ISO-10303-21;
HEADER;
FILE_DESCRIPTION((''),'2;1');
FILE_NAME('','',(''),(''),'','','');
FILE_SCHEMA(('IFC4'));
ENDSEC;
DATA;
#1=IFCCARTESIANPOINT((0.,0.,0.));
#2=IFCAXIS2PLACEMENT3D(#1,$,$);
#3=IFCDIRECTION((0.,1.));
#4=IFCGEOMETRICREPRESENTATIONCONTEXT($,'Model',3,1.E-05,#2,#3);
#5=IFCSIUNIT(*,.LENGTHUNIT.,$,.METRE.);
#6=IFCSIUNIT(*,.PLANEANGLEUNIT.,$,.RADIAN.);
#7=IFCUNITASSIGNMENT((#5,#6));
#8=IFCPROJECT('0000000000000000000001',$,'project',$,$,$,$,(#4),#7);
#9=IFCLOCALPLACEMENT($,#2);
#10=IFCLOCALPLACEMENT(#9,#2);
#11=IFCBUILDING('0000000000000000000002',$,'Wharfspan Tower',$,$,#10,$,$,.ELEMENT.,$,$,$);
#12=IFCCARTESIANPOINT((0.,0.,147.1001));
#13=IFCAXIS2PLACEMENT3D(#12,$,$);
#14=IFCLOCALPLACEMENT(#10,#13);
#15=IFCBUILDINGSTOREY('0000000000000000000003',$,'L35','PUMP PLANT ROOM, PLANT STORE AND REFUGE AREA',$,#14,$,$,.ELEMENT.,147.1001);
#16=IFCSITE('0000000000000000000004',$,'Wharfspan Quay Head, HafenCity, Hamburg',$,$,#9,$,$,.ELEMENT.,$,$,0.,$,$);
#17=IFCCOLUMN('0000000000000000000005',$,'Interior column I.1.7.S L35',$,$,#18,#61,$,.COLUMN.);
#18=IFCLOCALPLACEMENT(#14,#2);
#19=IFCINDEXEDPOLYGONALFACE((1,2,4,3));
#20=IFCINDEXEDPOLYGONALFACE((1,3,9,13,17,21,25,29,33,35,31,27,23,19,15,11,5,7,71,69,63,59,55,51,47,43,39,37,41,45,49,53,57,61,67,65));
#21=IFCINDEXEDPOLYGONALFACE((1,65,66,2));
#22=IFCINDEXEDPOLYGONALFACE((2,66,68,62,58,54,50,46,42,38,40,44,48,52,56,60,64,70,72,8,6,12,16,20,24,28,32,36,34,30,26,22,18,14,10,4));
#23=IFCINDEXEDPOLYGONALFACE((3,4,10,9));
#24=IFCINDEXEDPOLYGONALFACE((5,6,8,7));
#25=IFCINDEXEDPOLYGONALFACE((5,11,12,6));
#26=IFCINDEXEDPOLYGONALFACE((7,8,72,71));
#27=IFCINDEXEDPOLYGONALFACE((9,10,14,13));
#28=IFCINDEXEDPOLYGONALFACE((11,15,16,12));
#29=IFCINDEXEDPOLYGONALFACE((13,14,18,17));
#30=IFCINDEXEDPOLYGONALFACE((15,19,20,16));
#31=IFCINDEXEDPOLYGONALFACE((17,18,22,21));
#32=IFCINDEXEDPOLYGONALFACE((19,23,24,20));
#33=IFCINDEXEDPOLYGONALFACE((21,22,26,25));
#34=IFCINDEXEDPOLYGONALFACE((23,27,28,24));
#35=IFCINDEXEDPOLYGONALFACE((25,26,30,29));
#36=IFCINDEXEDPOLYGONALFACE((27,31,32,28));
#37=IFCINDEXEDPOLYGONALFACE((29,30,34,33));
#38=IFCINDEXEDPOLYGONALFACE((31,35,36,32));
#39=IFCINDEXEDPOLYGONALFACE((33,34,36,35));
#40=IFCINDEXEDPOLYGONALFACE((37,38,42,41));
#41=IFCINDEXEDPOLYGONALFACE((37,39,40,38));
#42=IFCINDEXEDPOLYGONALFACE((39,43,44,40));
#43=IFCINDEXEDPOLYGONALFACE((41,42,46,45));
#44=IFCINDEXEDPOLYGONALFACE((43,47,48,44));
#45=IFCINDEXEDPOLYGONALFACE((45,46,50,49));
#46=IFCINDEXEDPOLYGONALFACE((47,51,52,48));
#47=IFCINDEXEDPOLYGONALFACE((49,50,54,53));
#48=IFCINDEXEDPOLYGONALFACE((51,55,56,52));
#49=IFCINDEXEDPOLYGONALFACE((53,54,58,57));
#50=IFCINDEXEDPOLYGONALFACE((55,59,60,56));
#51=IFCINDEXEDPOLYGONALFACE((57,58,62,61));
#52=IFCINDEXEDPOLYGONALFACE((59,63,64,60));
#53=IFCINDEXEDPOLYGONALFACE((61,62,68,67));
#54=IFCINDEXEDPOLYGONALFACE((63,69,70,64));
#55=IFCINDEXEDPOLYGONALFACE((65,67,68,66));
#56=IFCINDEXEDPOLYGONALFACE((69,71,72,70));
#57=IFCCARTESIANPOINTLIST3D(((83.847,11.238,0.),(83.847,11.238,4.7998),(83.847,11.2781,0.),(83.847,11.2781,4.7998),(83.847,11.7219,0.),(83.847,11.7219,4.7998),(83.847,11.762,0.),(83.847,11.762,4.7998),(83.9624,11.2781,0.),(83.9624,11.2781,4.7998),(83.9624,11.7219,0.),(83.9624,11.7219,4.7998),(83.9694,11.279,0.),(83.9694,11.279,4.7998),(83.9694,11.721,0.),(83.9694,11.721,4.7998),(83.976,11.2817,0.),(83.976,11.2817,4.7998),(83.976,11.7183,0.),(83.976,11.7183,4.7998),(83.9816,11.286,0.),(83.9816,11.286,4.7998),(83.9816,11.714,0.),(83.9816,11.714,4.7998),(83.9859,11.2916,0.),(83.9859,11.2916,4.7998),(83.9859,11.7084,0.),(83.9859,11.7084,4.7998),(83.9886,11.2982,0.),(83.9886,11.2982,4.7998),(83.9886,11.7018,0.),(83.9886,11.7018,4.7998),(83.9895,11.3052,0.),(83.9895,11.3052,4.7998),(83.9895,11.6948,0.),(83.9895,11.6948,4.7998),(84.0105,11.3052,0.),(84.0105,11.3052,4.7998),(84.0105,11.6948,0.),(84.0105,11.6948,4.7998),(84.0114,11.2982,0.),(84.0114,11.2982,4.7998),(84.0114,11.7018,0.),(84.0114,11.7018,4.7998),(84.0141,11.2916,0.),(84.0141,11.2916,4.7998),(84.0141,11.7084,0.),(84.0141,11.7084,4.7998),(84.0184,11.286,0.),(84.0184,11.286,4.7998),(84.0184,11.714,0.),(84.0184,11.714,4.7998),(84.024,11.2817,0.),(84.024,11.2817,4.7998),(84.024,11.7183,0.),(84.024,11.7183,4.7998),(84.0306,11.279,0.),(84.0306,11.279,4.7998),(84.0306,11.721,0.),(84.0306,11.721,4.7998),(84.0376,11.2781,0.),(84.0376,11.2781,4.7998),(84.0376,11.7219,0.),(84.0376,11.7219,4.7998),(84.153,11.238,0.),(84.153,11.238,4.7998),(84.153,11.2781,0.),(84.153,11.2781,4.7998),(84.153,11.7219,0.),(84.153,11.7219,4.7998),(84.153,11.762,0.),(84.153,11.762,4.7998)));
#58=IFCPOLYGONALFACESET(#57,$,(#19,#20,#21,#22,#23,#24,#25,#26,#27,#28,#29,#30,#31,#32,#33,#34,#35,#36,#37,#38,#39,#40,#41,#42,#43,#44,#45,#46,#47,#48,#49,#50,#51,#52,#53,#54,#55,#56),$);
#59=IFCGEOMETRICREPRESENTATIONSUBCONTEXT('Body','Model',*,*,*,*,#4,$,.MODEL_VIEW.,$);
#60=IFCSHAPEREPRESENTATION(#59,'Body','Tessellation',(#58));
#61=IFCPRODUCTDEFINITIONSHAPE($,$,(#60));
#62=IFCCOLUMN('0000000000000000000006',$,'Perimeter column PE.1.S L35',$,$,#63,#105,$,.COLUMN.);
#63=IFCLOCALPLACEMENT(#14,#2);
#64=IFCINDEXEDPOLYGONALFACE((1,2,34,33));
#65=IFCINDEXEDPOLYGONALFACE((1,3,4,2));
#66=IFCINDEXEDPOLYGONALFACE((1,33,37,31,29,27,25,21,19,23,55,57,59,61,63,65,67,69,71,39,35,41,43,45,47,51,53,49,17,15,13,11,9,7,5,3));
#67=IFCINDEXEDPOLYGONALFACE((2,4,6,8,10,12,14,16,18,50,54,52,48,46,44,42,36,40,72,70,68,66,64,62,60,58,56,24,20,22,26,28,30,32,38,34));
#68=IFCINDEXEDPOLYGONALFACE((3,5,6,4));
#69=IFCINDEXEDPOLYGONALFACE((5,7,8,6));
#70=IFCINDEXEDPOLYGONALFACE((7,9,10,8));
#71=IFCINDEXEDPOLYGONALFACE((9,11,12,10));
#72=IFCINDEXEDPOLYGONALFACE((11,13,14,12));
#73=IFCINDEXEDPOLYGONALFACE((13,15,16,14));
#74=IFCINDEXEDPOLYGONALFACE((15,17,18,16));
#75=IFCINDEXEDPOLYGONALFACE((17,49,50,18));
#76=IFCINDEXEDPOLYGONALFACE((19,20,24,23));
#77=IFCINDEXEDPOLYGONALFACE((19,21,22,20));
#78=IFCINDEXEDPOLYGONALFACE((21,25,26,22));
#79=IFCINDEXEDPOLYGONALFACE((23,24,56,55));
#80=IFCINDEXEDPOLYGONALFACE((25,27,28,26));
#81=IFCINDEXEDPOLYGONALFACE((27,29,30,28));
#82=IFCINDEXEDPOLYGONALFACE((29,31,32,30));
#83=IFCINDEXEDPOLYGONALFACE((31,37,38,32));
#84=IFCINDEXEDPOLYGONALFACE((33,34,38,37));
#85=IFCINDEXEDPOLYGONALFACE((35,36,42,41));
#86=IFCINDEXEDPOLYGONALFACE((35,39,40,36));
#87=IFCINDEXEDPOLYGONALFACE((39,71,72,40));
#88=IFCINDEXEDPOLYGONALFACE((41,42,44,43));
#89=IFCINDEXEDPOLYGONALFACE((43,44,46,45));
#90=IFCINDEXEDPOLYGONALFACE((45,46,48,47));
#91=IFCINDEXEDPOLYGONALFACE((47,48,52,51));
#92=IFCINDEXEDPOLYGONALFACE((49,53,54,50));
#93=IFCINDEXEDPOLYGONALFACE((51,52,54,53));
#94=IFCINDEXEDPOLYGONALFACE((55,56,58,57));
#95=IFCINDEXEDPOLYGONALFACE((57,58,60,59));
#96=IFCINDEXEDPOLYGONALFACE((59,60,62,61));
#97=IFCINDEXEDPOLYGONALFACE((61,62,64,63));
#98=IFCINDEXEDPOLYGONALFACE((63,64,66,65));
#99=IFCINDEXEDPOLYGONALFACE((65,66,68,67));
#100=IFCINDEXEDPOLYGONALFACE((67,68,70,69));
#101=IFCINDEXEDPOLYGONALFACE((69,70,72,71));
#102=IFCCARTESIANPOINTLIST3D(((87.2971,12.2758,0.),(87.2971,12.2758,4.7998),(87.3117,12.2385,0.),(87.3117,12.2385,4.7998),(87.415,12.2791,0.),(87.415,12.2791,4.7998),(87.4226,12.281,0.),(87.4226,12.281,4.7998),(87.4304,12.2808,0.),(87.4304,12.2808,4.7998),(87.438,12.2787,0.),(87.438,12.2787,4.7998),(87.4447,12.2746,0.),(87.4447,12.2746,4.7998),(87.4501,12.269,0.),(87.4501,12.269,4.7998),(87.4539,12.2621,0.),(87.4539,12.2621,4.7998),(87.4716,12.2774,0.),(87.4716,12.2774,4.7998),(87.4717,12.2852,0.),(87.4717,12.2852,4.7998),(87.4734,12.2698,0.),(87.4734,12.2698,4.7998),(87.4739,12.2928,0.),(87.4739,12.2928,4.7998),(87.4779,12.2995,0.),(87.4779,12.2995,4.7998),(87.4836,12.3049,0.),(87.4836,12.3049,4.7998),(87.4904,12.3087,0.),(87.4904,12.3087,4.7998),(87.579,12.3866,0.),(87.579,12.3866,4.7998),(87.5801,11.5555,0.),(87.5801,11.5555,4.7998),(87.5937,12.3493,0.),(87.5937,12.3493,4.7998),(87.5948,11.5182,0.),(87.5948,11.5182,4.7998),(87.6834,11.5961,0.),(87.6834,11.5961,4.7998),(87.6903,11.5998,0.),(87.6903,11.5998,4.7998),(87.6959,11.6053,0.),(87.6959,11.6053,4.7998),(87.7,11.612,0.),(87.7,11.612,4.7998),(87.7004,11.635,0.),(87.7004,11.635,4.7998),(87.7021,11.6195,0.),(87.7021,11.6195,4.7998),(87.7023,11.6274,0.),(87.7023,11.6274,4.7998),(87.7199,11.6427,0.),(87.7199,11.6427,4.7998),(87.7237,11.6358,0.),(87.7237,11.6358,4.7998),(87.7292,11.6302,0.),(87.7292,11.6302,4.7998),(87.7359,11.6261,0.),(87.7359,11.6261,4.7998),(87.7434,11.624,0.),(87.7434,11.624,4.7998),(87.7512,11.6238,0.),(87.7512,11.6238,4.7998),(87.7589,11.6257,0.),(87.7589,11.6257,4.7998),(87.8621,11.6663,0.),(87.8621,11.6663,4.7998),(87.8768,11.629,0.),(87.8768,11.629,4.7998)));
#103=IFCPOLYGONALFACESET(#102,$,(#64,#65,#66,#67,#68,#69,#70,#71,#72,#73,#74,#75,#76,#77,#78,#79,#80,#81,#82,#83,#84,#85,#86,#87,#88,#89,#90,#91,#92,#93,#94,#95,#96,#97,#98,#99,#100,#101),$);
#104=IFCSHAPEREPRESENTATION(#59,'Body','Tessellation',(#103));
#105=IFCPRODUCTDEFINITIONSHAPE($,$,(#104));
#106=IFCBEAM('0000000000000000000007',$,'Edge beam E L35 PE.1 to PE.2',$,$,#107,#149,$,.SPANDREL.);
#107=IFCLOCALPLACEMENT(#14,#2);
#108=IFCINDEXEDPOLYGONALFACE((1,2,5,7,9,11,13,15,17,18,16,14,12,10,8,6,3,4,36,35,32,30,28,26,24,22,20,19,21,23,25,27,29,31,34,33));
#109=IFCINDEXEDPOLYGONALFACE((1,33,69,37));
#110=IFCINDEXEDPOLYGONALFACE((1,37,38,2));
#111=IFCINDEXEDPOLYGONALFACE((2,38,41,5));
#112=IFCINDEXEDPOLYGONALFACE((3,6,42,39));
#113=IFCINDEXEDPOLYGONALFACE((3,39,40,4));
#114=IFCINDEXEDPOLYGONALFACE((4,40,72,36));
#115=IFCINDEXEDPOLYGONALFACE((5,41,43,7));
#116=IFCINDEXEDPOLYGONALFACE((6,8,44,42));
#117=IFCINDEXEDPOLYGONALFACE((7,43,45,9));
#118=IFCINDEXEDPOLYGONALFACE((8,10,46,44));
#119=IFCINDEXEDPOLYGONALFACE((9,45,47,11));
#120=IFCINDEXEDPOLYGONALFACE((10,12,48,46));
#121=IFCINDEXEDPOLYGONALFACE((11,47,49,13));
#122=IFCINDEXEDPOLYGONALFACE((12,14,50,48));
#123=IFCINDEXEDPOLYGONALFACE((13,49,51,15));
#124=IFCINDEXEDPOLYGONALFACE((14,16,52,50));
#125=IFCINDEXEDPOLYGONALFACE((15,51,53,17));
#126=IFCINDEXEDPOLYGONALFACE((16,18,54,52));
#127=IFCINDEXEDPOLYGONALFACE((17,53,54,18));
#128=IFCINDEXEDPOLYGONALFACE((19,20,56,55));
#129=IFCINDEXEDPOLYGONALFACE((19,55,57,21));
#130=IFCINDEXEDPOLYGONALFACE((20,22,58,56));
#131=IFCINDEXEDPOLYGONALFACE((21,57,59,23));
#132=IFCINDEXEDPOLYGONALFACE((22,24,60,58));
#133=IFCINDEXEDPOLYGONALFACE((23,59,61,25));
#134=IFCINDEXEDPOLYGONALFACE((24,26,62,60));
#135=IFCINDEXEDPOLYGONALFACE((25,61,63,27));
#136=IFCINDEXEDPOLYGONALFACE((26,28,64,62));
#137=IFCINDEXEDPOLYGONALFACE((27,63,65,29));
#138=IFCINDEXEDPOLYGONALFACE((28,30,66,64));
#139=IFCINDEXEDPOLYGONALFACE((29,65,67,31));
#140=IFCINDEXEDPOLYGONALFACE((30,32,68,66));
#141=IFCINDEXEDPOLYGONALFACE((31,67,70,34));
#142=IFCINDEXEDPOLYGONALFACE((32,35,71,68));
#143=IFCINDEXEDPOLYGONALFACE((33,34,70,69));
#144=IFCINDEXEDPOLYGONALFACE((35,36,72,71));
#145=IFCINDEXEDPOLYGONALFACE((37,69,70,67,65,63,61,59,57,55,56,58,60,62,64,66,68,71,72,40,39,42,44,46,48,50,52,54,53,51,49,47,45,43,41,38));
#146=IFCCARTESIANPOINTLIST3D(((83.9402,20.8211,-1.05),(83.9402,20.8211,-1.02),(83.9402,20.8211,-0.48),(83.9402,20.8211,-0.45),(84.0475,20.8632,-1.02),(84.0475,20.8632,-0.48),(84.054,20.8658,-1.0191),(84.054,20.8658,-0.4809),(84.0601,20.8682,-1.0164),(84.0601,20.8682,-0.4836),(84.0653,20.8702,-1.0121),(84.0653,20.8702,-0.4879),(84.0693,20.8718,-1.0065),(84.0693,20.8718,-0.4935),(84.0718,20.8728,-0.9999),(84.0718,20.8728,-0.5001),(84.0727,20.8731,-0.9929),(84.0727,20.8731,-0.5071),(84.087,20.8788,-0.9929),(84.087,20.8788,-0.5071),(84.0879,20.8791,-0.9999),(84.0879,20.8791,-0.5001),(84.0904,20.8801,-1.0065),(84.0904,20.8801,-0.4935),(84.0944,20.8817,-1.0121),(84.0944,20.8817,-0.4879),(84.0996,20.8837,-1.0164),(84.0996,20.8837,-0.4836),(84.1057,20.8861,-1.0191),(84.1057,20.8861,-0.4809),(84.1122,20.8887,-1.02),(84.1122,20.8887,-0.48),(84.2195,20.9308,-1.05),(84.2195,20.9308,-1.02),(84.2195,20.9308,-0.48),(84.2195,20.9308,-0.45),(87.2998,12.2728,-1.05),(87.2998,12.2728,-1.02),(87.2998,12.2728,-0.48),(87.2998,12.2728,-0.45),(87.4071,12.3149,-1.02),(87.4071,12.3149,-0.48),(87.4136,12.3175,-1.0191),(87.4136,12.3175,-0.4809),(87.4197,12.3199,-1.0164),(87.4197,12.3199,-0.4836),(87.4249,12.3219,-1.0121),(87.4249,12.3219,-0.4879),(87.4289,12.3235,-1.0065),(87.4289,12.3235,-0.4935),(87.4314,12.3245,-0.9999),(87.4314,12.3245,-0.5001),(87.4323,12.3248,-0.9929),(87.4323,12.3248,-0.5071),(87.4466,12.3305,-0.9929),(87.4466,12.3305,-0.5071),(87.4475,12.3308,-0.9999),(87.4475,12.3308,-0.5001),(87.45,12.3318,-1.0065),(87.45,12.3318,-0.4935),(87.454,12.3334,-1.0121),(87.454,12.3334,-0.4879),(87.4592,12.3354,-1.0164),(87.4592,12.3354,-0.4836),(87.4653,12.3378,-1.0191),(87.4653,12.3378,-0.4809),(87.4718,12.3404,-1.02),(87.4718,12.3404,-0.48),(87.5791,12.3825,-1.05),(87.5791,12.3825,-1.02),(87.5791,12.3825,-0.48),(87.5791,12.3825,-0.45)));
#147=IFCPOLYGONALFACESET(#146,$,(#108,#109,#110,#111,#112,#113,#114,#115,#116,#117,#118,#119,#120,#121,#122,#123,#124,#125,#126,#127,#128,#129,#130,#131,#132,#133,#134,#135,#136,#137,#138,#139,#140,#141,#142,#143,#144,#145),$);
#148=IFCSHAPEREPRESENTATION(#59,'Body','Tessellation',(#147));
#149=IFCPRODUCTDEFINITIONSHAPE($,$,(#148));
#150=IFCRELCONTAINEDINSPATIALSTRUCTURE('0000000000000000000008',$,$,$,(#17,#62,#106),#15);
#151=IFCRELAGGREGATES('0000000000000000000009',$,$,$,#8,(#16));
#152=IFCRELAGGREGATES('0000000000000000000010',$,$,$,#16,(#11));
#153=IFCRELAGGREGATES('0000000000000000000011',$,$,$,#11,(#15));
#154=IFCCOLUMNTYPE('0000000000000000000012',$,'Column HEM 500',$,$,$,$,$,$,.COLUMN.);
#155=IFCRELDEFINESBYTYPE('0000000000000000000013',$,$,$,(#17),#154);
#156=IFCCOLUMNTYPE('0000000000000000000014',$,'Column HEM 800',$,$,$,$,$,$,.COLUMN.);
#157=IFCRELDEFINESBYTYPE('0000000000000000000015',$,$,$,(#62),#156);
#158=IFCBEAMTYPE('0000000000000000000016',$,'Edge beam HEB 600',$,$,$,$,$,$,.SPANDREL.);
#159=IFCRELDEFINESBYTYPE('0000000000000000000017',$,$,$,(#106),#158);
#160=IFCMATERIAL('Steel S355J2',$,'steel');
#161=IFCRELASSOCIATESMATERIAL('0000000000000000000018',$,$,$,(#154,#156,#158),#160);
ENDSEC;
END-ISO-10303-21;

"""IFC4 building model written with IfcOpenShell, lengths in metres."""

from ifc_helpers import new_model, si_unit, direction, frame, origin, origin_2d, place, context, subcontext, project, spatial, i_section, extrude, material, material_profile, profile_set, type_object, element, save


model = new_model("IFC4")

# Units and contexts
model_context = context("Model", 3, precision=1e-05, world=origin(), true_north=direction((0.0, 1.0)))
body_context = subcontext(model_context, "Body", "Model", "MODEL_VIEW")
ifc_project = project(units=[si_unit("LENGTHUNIT", "METRE"), si_unit("PLANEANGLEUNIT", "RADIAN")], contexts=[model_context])

# Site, building, storey
site_placement = place(None, origin())
site = spatial("IfcSite", under=ifc_project, at=site_placement, Name="Wharfspan Quay Head, HafenCity, Hamburg", CompositionType="ELEMENT", RefElevation=0.0)
building_placement = place(site_placement, origin())
building = spatial("IfcBuilding", under=site, at=building_placement, Name="Wharfspan Tower", CompositionType="ELEMENT")
storey_placement = place(building_placement, frame((0.0, 0.0, 147.1001)))
storey = spatial("IfcBuildingStorey", under=building, at=storey_placement, Name="L35", Description="PUMP PLANT ROOM, PLANT STORE AND REFUGE AREA", CompositionType="ELEMENT", Elevation=147.1001)

# Columns
ifc_material_1 = material(Name="Steel S355J2", Category="steel")
ifc_material_profile_1 = material_profile(ifc_material_1, i_section(OverallWidth=0.3059, OverallDepth=0.5239, WebThickness=0.021, FlangeThickness=0.04, FilletRadius=0.0271, at=origin_2d()))
ifc_profile_set_1 = profile_set([ifc_material_profile_1], Name="Steel S355J2")
column_type_1 = type_object("IfcColumnType", Name="Column HEM 500", PredefinedType="COLUMN", material=ifc_profile_set_1)
column_1_placement = place(storey_placement, frame((84.0, 11.5, 0.0), z_axis=(0.0, 0.0, 1.0), x_axis=(1.0, 0.0, 0.0)))
element("IfcColumn", 1, at=column_1_placement, inside=storey, type_object=column_type_1, Name="Interior column I.1.7.S L35", PredefinedType="COLUMN", context=body_context, shape_type="SweptSolid", body=[
    extrude(i_section(OverallWidth=0.3059, OverallDepth=0.5239, WebThickness=0.021, FlangeThickness=0.04, FilletRadius=0.0271, at=origin_2d()), origin(), (0.0, 0.0, 1.0), 4.7998),
])
ifc_material_profile_2 = material_profile(ifc_material_1, i_section(OverallWidth=0.303, OverallDepth=0.814, WebThickness=0.021, FlangeThickness=0.04, FilletRadius=0.03, at=origin_2d()))
ifc_profile_set_2 = profile_set([ifc_material_profile_2], Name="Steel S355J2")
column_type_2 = type_object("IfcColumnType", Name="Column HEM 800", PredefinedType="COLUMN", material=ifc_profile_set_2)
column_2_placement = place(storey_placement, frame((87.5869, 11.9524, 0.0), z_axis=(0.0, 0.0, 1.0), x_axis=(0.930702, 0.365778, 0.0)))
element("IfcColumn", 2, at=column_2_placement, inside=storey, type_object=column_type_2, Name="Perimeter column PE.1.S L35", PredefinedType="COLUMN", context=body_context, shape_type="SweptSolid", body=[
    extrude(i_section(OverallWidth=0.303, OverallDepth=0.814, WebThickness=0.021, FlangeThickness=0.04, FilletRadius=0.03, at=origin_2d()), origin(), (0.0, 0.0, 1.0), 4.7998),
])

# Beam
ifc_material_profile_3 = material_profile(ifc_material_1, i_section(OverallWidth=0.3, OverallDepth=0.6001, WebThickness=0.0154, FlangeThickness=0.03, FilletRadius=0.0271, at=origin_2d()))
ifc_profile_set_3 = profile_set([ifc_material_profile_3], Name="Steel S355J2")
beam_type = type_object("IfcBeamType", Name="Edge beam HEB 600", PredefinedType="SPANDREL", material=ifc_profile_set_3)
beam_placement = place(storey_placement, frame((87.4395, 12.3276, -0.75), z_axis=(-0.365779, 0.930702, 0.0), x_axis=(-0.930702, -0.365779, 0.0)))
element("IfcBeam", 3, at=beam_placement, inside=storey, type_object=beam_type, Name="Edge beam E L35 PE.1 to PE.2", PredefinedType="SPANDREL", context=body_context, shape_type="SweptSolid", body=[
    extrude(i_section(OverallWidth=0.3, OverallDepth=0.6001, WebThickness=0.0154, FlangeThickness=0.03, FilletRadius=0.0271, at=origin_2d()), origin(), (0.0, 0.0, 1.0), 9.1848),
])

save(model, "model.ifc")
